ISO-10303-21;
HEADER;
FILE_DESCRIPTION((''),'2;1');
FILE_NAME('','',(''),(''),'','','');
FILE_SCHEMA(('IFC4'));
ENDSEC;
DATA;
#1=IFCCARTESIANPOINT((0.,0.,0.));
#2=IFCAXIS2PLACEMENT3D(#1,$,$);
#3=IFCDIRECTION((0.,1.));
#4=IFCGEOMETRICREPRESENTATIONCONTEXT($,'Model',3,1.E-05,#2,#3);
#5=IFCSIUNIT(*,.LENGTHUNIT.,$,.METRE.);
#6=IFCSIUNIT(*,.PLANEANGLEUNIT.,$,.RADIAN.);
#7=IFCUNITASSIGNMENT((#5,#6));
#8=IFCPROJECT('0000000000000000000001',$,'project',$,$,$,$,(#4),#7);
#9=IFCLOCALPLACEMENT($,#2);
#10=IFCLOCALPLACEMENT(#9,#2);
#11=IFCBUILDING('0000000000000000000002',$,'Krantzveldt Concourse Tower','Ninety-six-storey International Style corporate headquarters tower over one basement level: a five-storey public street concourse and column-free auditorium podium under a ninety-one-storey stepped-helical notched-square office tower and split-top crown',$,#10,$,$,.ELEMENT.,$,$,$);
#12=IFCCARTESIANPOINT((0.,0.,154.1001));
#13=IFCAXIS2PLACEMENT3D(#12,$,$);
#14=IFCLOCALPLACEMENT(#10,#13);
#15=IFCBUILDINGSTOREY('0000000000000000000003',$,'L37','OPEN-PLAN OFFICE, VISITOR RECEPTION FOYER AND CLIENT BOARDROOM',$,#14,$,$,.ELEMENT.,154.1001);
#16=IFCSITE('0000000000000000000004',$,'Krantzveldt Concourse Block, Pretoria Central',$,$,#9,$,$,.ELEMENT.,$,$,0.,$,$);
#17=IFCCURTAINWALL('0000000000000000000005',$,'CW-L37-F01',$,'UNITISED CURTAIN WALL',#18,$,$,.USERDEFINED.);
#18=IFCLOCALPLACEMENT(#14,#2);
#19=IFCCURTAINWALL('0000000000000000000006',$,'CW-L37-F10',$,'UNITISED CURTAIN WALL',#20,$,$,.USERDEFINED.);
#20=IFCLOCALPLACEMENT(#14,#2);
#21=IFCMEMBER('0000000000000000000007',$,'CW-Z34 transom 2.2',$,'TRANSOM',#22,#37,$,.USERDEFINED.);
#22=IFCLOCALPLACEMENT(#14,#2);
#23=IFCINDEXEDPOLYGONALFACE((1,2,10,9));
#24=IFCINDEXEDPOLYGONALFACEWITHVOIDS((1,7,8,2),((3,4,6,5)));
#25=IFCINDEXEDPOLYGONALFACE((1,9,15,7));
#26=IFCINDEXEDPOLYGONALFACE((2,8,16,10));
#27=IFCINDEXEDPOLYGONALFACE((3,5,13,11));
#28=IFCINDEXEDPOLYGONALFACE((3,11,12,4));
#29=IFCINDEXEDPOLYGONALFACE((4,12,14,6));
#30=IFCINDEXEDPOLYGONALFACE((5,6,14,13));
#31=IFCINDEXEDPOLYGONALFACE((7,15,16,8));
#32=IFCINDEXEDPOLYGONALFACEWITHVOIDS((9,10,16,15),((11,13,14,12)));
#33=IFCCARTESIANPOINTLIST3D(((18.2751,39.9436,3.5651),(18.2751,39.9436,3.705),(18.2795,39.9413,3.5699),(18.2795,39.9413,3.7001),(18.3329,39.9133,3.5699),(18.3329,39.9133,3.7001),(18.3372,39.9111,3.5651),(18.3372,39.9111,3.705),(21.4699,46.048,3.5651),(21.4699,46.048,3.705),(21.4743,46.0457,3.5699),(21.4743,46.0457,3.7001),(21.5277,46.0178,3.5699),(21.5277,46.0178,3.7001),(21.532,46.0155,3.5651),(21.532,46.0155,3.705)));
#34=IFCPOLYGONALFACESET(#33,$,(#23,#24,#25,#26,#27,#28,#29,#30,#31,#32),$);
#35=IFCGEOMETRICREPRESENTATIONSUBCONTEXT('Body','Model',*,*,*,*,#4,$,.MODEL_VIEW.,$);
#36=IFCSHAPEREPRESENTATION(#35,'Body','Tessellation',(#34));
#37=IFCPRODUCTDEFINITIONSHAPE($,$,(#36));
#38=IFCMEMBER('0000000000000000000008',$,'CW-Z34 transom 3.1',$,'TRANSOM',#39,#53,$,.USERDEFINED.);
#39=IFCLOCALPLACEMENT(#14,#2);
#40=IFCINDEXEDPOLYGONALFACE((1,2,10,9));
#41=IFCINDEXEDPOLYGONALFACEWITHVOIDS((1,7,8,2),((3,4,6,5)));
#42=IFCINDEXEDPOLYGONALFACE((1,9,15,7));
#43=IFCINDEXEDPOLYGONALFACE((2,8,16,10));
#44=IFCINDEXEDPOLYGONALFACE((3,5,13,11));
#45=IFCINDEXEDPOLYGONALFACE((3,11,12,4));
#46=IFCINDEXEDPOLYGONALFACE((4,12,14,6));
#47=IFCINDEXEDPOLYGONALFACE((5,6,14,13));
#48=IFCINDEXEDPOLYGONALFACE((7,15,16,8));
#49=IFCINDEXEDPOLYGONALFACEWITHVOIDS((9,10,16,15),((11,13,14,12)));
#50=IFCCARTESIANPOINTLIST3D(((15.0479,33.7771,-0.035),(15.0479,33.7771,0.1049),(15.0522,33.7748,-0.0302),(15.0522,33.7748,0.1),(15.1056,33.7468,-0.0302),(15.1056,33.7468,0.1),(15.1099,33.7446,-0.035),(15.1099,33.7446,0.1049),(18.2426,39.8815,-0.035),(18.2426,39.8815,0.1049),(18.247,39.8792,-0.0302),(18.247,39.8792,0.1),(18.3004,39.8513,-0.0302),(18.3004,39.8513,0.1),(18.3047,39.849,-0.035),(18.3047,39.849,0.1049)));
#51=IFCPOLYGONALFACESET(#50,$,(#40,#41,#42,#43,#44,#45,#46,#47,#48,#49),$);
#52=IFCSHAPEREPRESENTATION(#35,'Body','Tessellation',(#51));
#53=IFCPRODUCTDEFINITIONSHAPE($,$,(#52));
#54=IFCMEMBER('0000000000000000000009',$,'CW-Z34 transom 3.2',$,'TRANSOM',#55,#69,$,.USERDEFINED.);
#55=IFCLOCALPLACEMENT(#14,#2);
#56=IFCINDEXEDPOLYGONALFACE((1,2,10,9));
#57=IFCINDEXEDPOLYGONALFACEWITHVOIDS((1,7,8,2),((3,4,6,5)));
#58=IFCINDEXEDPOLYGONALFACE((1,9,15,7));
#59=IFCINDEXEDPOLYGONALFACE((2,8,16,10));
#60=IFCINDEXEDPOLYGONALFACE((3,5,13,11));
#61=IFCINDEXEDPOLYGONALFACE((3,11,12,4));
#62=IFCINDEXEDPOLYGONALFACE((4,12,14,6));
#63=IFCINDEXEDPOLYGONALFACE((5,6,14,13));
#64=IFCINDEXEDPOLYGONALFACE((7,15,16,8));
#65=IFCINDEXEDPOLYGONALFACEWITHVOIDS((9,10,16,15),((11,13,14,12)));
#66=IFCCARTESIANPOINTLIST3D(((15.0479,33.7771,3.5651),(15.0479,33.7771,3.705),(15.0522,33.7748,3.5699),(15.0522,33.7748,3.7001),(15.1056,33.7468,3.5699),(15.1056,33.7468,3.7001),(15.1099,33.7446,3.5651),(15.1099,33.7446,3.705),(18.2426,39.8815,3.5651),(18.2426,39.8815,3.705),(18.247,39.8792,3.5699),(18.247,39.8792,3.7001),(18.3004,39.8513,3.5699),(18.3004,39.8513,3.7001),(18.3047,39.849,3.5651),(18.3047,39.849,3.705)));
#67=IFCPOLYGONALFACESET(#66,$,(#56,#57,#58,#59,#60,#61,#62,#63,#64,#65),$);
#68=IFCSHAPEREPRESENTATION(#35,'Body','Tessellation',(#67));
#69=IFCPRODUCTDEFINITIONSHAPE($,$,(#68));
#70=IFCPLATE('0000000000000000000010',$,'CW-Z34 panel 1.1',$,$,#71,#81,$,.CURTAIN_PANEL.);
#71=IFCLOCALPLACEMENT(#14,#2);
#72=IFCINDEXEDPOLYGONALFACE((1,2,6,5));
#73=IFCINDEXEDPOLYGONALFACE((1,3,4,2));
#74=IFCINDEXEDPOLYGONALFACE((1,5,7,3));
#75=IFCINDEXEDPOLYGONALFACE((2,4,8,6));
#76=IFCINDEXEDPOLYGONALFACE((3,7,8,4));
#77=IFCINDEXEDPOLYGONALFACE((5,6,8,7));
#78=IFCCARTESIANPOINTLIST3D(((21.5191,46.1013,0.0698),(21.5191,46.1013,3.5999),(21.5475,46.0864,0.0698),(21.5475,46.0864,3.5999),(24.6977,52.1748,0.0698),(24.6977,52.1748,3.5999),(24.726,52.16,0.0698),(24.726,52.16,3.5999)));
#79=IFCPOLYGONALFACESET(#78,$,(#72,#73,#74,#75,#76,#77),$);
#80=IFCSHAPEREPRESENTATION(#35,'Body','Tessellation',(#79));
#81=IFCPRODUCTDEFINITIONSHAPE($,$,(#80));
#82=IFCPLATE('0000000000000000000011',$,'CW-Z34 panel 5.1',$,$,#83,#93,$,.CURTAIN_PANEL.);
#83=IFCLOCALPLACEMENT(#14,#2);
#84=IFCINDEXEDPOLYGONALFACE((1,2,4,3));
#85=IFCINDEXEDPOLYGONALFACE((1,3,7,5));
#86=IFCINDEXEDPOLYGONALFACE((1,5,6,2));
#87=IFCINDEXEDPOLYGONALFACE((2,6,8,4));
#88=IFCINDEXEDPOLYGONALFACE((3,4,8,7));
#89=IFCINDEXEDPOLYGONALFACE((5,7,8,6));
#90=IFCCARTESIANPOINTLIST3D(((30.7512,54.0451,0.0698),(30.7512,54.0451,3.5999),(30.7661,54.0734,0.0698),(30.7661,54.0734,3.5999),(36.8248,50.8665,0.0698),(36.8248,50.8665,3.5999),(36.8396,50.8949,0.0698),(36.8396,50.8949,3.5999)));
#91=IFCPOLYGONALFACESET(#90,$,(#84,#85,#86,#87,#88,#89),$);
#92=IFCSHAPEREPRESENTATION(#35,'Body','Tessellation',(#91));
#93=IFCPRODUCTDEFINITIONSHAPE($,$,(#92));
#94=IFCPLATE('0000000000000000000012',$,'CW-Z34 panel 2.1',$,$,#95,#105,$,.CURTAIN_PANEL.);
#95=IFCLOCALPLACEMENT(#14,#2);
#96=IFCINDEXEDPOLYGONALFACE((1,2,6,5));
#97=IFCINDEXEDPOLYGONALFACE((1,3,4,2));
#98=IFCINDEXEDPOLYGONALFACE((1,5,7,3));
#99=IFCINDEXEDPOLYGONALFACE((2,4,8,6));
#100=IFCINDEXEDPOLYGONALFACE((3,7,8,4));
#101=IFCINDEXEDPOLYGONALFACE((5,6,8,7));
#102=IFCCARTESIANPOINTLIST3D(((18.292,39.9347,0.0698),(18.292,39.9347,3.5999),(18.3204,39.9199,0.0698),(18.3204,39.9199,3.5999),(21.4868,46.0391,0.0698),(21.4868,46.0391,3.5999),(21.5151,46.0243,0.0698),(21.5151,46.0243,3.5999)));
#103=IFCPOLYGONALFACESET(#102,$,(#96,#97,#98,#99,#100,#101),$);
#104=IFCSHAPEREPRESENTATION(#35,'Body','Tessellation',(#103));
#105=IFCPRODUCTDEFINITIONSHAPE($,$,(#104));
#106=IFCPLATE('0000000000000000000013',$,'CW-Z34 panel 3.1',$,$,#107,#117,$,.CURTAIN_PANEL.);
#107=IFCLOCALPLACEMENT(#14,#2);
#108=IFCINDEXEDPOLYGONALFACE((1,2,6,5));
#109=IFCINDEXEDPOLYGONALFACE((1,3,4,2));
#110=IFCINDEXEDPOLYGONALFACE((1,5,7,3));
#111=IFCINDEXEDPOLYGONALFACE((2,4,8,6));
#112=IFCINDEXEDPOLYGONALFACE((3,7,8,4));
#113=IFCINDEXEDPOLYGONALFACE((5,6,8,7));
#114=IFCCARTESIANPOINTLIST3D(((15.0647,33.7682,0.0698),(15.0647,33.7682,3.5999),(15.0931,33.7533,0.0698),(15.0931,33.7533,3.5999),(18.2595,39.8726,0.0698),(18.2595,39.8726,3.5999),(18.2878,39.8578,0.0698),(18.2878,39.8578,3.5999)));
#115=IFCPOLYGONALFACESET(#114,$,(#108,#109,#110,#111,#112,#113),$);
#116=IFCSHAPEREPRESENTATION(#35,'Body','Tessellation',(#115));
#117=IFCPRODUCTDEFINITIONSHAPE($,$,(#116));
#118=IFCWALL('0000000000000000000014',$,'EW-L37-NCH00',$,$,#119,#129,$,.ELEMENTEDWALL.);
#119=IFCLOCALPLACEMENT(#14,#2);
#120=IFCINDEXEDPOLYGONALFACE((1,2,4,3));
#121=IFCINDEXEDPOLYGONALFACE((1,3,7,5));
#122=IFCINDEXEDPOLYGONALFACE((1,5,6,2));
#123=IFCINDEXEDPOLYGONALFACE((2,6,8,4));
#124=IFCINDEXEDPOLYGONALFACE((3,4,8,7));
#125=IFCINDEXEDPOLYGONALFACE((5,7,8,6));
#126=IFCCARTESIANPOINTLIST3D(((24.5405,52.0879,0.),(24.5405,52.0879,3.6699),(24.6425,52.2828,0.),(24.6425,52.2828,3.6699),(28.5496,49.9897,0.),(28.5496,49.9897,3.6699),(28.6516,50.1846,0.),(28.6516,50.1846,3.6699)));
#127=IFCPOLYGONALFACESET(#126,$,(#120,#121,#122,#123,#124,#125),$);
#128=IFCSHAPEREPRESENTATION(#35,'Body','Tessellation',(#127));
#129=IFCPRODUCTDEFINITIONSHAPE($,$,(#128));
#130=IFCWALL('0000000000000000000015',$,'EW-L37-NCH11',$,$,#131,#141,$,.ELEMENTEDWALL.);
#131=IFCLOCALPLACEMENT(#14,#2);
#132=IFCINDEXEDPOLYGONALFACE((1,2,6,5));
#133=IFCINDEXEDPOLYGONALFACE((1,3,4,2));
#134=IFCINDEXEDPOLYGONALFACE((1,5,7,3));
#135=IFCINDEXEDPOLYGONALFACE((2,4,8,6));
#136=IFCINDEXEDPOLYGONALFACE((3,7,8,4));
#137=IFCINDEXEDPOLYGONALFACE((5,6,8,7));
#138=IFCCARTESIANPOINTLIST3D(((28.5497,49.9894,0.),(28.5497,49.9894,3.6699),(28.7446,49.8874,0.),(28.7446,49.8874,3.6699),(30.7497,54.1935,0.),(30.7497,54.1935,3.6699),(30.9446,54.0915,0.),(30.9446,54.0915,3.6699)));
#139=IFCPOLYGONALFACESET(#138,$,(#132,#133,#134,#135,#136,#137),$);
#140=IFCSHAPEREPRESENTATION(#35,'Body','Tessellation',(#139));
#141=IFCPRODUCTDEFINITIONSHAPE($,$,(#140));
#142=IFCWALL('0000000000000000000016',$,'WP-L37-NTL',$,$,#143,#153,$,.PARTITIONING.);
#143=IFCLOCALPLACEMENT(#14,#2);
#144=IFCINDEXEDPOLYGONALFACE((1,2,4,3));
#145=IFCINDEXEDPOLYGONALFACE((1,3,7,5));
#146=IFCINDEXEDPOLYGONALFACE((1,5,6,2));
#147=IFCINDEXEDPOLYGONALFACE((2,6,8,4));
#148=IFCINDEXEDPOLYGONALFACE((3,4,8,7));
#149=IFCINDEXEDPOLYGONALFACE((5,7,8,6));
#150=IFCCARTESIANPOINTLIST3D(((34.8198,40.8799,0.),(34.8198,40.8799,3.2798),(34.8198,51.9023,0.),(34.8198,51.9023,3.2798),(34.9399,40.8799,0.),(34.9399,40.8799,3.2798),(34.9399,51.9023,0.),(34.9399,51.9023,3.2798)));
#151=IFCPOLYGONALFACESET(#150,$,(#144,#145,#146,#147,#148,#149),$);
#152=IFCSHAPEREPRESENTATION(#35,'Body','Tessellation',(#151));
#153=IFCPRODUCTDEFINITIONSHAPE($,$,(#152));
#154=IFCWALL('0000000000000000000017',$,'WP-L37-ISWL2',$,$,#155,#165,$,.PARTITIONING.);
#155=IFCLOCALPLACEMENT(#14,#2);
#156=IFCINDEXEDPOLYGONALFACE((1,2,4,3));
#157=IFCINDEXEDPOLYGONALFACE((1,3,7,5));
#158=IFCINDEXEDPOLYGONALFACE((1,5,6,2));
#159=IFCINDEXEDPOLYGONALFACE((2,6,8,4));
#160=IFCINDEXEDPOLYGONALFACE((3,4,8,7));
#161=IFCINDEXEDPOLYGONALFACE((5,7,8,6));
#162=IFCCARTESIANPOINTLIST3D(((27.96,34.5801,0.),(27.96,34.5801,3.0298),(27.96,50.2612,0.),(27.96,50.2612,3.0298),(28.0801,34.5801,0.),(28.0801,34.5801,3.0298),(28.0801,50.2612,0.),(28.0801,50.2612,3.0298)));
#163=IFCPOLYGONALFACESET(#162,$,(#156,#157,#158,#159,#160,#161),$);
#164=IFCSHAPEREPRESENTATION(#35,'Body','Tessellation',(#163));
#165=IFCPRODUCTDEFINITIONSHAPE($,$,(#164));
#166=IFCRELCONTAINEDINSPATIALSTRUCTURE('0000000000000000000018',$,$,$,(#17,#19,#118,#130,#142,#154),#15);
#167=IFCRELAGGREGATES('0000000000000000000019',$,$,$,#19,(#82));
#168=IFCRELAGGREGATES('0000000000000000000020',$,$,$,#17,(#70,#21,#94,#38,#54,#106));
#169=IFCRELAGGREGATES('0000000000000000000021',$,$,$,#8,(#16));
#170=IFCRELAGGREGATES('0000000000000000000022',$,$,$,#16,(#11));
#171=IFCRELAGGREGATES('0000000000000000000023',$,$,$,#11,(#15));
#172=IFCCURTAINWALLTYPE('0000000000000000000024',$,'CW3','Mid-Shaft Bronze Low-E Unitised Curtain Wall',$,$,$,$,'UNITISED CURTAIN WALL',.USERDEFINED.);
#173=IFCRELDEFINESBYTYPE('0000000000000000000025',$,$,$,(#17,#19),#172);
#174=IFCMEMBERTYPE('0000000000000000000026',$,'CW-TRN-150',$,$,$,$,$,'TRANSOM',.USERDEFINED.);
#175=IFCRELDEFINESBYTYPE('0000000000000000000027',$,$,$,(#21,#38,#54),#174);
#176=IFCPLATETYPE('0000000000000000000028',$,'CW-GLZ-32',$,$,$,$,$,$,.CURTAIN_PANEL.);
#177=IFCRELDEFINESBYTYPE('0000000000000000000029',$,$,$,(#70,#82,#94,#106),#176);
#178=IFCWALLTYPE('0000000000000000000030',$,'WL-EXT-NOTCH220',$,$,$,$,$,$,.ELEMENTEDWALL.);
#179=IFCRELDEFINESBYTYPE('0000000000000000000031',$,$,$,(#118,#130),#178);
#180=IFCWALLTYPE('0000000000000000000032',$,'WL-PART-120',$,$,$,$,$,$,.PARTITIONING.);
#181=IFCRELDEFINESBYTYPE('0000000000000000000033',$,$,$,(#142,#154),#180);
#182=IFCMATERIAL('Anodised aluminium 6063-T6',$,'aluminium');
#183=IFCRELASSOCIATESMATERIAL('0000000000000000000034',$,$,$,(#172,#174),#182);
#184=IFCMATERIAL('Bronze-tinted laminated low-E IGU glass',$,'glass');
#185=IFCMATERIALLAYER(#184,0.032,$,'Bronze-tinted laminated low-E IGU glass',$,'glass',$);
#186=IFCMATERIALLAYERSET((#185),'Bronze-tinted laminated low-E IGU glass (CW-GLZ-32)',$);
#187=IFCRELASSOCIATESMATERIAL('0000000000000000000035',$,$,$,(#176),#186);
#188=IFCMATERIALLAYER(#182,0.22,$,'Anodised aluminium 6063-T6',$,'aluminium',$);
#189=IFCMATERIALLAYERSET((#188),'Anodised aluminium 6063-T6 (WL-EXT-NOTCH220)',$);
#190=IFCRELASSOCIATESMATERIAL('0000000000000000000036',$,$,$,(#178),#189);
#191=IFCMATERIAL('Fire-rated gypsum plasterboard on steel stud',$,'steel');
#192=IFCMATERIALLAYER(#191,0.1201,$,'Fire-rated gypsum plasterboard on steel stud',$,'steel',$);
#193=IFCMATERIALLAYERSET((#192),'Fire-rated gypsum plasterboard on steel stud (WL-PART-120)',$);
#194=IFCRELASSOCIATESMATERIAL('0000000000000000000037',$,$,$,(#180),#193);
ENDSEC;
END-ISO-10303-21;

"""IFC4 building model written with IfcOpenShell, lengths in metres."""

from ifc_helpers import new_model, si_unit, direction, frame, frame_2d, origin, origin_2d, place, context, subcontext, project, spatial, rectangle, hollow_rectangle, extrude, source, transform, mapped, material, layer, layer_set, material_profile, profile_set, type_object, type_shapes, element, aggregate, save


model = new_model("IFC4")

# Units and contexts
model_context = context("Model", 3, precision=1e-05, world=origin(), true_north=direction((0.0, 1.0)))
body_context = subcontext(model_context, "Body", "Model", "MODEL_VIEW")
ifc_project = project(units=[si_unit("LENGTHUNIT", "METRE"), si_unit("PLANEANGLEUNIT", "RADIAN")], contexts=[model_context])

# Site, building, storey
site_placement = place(None, origin())
site = spatial("IfcSite", under=ifc_project, at=site_placement, Name="Krantzveldt Concourse Block, Pretoria Central", CompositionType="ELEMENT", RefElevation=0.0)
building_placement = place(site_placement, origin())
building = spatial("IfcBuilding", under=site, at=building_placement, Name="Krantzveldt Concourse Tower", Description="Ninety-six-storey International Style corporate headquarters tower over one basement level: a five-storey public street concourse and column-free auditorium podium under a ninety-one-storey stepped-helical notched-square office tower and split-top crown", CompositionType="ELEMENT")
storey_placement = place(building_placement, frame((0.0, 0.0, 154.1001)))
storey = spatial("IfcBuildingStorey", under=building, at=storey_placement, Name="L37", Description="OPEN-PLAN OFFICE, VISITOR RECEPTION FOYER AND CLIENT BOARDROOM", CompositionType="ELEMENT", Elevation=154.1001)

# Curtain wall
ifc_material_1 = material(Name="Anodised aluminium 6063-T6", Category="aluminium")
curtain_wall_type = type_object("IfcCurtainWallType", Name="CW3", Description="Mid-Shaft Bronze Low-E Unitised Curtain Wall", ElementType="UNITISED CURTAIN WALL", PredefinedType="USERDEFINED", material=ifc_material_1)
curtain_wall_1_placement = place(storey_placement, origin())
curtain_wall_1 = element("IfcCurtainWall", 1, at=curtain_wall_1_placement, inside=storey, type_object=curtain_wall_type, Name="CW-L37-F01", ObjectType="UNITISED CURTAIN WALL", PredefinedType="USERDEFINED")

# Curtain wall
curtain_wall_2_placement = place(storey_placement, origin())
curtain_wall_2 = element("IfcCurtainWall", 2, at=curtain_wall_2_placement, inside=storey, type_object=curtain_wall_type, Name="CW-L37-F10", ObjectType="UNITISED CURTAIN WALL", PredefinedType="USERDEFINED")

# Members
ifc_material_profile_1 = material_profile(ifc_material_1, hollow_rectangle(XDim=0.0701, YDim=0.1399, WallThickness=0.0049, at=origin_2d()), Name="Anodised aluminium 6063-T6", Category="aluminium")
ifc_profile_set_1 = profile_set([ifc_material_profile_1], Name="Anodised aluminium 6063-T6 - ALU-TRAN 140x70x5")
member_type_1 = type_object("IfcMemberType", Name="CW-TRN-150", ElementType="TRANSOM", PredefinedType="USERDEFINED", material=ifc_profile_set_1)
shared_shape_1 = source(origin(), body_context, "Body", "SweptSolid", [
    extrude(hollow_rectangle(XDim=0.0701, YDim=0.1399, WallThickness=0.0049, at=origin_2d()), origin(), (0.0, 0.0, 1.0), 6.8899),
])
member_1_placement = place(storey_placement, frame((21.501, 46.0317, 3.635), z_axis=(-0.463692, -0.885997, 0.0), x_axis=(0.885997, -0.463692, 0.0)))
member_1 = element("IfcMember", 3, at=member_1_placement, type_object=member_type_1, Name="CW-Z34 transom 2.2", ObjectType="TRANSOM", PredefinedType="USERDEFINED", context=body_context, shape_type="MappedRepresentation", body=[
    mapped(shared_shape_1, transform((0.0, 0.0, 0.0), x_axis=(1.0, 0.0, 0.0), y_axis=(0.0, 1.0, 0.0), z_axis=(0.0, 0.0, 1.0), scale=1.0)),
])
member_2_placement = place(storey_placement, frame((18.2737, 39.8652, 0.0349), z_axis=(-0.463692, -0.885997, 0.0), x_axis=(0.885997, -0.463692, 0.0)))
member_2 = element("IfcMember", 4, at=member_2_placement, type_object=member_type_1, Name="CW-Z34 transom 3.1", ObjectType="TRANSOM", PredefinedType="USERDEFINED", context=body_context, shape_type="MappedRepresentation", body=[
    mapped(shared_shape_1, transform((0.0, 0.0, 0.0), x_axis=(1.0, 0.0, 0.0), y_axis=(0.0, 1.0, 0.0), z_axis=(0.0, 0.0, 1.0), scale=1.0)),
])
member_3_placement = place(storey_placement, frame((18.2737, 39.8652, 3.635), z_axis=(-0.463692, -0.885997, 0.0), x_axis=(0.885997, -0.463692, 0.0)))
member_3 = element("IfcMember", 5, at=member_3_placement, type_object=member_type_1, Name="CW-Z34 transom 3.2", ObjectType="TRANSOM", PredefinedType="USERDEFINED", context=body_context, shape_type="MappedRepresentation", body=[
    mapped(shared_shape_1, transform((0.0, 0.0, 0.0), x_axis=(1.0, 0.0, 0.0), y_axis=(0.0, 1.0, 0.0), z_axis=(0.0, 0.0, 1.0), scale=1.0)),
])

# Plates
ifc_material_2 = material(Name="Bronze-tinted laminated low-E IGU glass", Category="glass")
ifc_layer_1 = layer(ifc_material_2, 0.032, Name="Bronze-tinted laminated low-E IGU glass", Category="glass")
ifc_layer_set_1 = layer_set([ifc_layer_1], Name="Bronze-tinted laminated low-E IGU glass (CW-GLZ-32)")
plate_type = type_object("IfcPlateType", Name="CW-GLZ-32", PredefinedType="CURTAIN_PANEL", material=ifc_layer_set_1)
shared_shape_2 = source(origin(), body_context, "Body", "SweptSolid", [
    extrude(rectangle(XDim=6.855, YDim=0.032, at=origin_2d()), origin(), (0.0, 0.0, 1.0), 3.53),
])
plate_1_placement = place(storey_placement, frame((23.1226, 49.1306, 0.0698), z_axis=(0.0, 0.0, 1.0), x_axis=(-0.463683, -0.886001, 0.0)))
plate_1 = element("IfcPlate", 6, at=plate_1_placement, type_object=plate_type, Name="CW-Z34 panel 1.1", PredefinedType="CURTAIN_PANEL", context=body_context, shape_type="MappedRepresentation", body=[
    mapped(shared_shape_2, transform((0.0, 0.0, 0.0), x_axis=(1.0, 0.0, 0.0), y_axis=(0.0, 1.0, 0.0), z_axis=(0.0, 0.0, 1.0), scale=1.0)),
])
plate_2_placement = place(storey_placement, frame((33.7954, 52.47, 0.0698), z_axis=(0.0, 0.0, 1.0), x_axis=(-0.886001, 0.463683, 0.0)))
plate_2 = element("IfcPlate", 7, at=plate_2_placement, type_object=plate_type, Name="CW-Z34 panel 5.1", PredefinedType="CURTAIN_PANEL", context=body_context, shape_type="MappedRepresentation", body=[
    mapped(shared_shape_2, transform((0.0, 0.0, 0.0), x_axis=(1.0, 0.0, 0.0), y_axis=(0.0, 1.0, 0.0), z_axis=(0.0, 0.0, 1.0), scale=1.0)),
])
aggregate(curtain_wall_2, [plate_2])
shared_shape_3 = source(origin(), body_context, "Body", "SweptSolid", [
    extrude(rectangle(XDim=6.8899, YDim=0.032, at=origin_2d()), origin(), (0.0, 0.0, 1.0), 3.53),
])
type_shapes(plate_type, [shared_shape_2, shared_shape_3])
plate_3_placement = place(storey_placement, frame((19.9036, 42.9795, 0.0698), z_axis=(0.0, 0.0, 1.0), x_axis=(-0.463683, -0.886001, 0.0)))
plate_3 = element("IfcPlate", 8, at=plate_3_placement, type_object=plate_type, Name="CW-Z34 panel 2.1", PredefinedType="CURTAIN_PANEL", context=body_context, shape_type="MappedRepresentation", body=[
    mapped(shared_shape_3, transform((0.0, 0.0, 0.0), x_axis=(1.0, 0.0, 0.0), y_axis=(0.0, 1.0, 0.0), z_axis=(0.0, 0.0, 1.0), scale=1.0)),
])
plate_4_placement = place(storey_placement, frame((16.6763, 36.813, 0.0698), z_axis=(0.0, 0.0, 1.0), x_axis=(-0.463683, -0.886001, 0.0)))
plate_4 = element("IfcPlate", 9, at=plate_4_placement, type_object=plate_type, Name="CW-Z34 panel 3.1", PredefinedType="CURTAIN_PANEL", context=body_context, shape_type="MappedRepresentation", body=[
    mapped(shared_shape_3, transform((0.0, 0.0, 0.0), x_axis=(1.0, 0.0, 0.0), y_axis=(0.0, 1.0, 0.0), z_axis=(0.0, 0.0, 1.0), scale=1.0)),
])
aggregate(curtain_wall_1, [plate_1, member_1, plate_3, member_2, member_3, plate_4])

# Walls
ifc_layer_2 = layer(ifc_material_1, 0.22, Name="Anodised aluminium 6063-T6", Category="aluminium")
ifc_layer_set_2 = layer_set([ifc_layer_2], Name="Anodised aluminium 6063-T6 (WL-EXT-NOTCH220)")
wall_type_1 = type_object("IfcWallType", Name="WL-EXT-NOTCH220", PredefinedType="ELEMENTEDWALL", material=ifc_layer_set_2)
wall_1_placement = place(storey_placement, frame((28.6006, 50.0872, 0.0), z_axis=(0.0, 0.0, 1.0), x_axis=(-0.885997, 0.46369, 0.0)))
element("IfcWall", 10, at=wall_1_placement, inside=storey, type_object=wall_type_1, Name="EW-L37-NCH00", PredefinedType="ELEMENTEDWALL", context=body_context, shape_type="SweptSolid", body=[
    extrude(rectangle(XDim=4.5249, YDim=0.22, at=frame_2d((2.2625, 0.0))), origin(), (0.0, 0.0, 1.0), 3.6699),
])
wall_2_placement = place(storey_placement, frame((30.8472, 54.1426, 0.0), z_axis=(0.0, 0.0, 1.0), x_axis=(-0.463644, -0.886022, 0.0)))
element("IfcWall", 11, at=wall_2_placement, inside=storey, type_object=wall_type_1, Name="EW-L37-NCH11", PredefinedType="ELEMENTEDWALL", context=body_context, shape_type="SweptSolid", body=[
    extrude(rectangle(XDim=4.7449, YDim=0.22, at=frame_2d((2.3726, 0.0))), origin(), (0.0, 0.0, 1.0), 3.6699),
])
ifc_material_3 = material(Name="Fire-rated gypsum plasterboard on steel stud", Category="steel")
ifc_layer_3 = layer(ifc_material_3, 0.1201, Name="Fire-rated gypsum plasterboard on steel stud", Category="steel")
ifc_layer_set_3 = layer_set([ifc_layer_3], Name="Fire-rated gypsum plasterboard on steel stud (WL-PART-120)")
wall_type_2 = type_object("IfcWallType", Name="WL-PART-120", PredefinedType="PARTITIONING", material=ifc_layer_set_3)
wall_3_placement = place(storey_placement, frame((34.8799, 40.8799, 0.0), z_axis=(0.0, 0.0, 1.0), x_axis=(0.0, 1.0, 0.0)))
element("IfcWall", 12, at=wall_3_placement, inside=storey, type_object=wall_type_2, Name="WP-L37-NTL", PredefinedType="PARTITIONING", context=body_context, shape_type="SweptSolid", body=[
    extrude(rectangle(XDim=11.0225, YDim=0.1201, at=frame_2d((5.5112, 0.0))), origin(), (0.0, 0.0, 1.0), 3.2798),
])
wall_4_placement = place(storey_placement, frame((28.02, 34.5801, 0.0), z_axis=(0.0, 0.0, 1.0), x_axis=(0.0, 1.0, 0.0)))
element("IfcWall", 13, at=wall_4_placement, inside=storey, type_object=wall_type_2, Name="WP-L37-ISWL2", PredefinedType="PARTITIONING", context=body_context, shape_type="SweptSolid", body=[
    extrude(rectangle(XDim=15.6812, YDim=0.1201, at=frame_2d((7.8406, 0.0))), origin(), (0.0, 0.0, 1.0), 3.0298),
])

save(model, "model.ifc")
